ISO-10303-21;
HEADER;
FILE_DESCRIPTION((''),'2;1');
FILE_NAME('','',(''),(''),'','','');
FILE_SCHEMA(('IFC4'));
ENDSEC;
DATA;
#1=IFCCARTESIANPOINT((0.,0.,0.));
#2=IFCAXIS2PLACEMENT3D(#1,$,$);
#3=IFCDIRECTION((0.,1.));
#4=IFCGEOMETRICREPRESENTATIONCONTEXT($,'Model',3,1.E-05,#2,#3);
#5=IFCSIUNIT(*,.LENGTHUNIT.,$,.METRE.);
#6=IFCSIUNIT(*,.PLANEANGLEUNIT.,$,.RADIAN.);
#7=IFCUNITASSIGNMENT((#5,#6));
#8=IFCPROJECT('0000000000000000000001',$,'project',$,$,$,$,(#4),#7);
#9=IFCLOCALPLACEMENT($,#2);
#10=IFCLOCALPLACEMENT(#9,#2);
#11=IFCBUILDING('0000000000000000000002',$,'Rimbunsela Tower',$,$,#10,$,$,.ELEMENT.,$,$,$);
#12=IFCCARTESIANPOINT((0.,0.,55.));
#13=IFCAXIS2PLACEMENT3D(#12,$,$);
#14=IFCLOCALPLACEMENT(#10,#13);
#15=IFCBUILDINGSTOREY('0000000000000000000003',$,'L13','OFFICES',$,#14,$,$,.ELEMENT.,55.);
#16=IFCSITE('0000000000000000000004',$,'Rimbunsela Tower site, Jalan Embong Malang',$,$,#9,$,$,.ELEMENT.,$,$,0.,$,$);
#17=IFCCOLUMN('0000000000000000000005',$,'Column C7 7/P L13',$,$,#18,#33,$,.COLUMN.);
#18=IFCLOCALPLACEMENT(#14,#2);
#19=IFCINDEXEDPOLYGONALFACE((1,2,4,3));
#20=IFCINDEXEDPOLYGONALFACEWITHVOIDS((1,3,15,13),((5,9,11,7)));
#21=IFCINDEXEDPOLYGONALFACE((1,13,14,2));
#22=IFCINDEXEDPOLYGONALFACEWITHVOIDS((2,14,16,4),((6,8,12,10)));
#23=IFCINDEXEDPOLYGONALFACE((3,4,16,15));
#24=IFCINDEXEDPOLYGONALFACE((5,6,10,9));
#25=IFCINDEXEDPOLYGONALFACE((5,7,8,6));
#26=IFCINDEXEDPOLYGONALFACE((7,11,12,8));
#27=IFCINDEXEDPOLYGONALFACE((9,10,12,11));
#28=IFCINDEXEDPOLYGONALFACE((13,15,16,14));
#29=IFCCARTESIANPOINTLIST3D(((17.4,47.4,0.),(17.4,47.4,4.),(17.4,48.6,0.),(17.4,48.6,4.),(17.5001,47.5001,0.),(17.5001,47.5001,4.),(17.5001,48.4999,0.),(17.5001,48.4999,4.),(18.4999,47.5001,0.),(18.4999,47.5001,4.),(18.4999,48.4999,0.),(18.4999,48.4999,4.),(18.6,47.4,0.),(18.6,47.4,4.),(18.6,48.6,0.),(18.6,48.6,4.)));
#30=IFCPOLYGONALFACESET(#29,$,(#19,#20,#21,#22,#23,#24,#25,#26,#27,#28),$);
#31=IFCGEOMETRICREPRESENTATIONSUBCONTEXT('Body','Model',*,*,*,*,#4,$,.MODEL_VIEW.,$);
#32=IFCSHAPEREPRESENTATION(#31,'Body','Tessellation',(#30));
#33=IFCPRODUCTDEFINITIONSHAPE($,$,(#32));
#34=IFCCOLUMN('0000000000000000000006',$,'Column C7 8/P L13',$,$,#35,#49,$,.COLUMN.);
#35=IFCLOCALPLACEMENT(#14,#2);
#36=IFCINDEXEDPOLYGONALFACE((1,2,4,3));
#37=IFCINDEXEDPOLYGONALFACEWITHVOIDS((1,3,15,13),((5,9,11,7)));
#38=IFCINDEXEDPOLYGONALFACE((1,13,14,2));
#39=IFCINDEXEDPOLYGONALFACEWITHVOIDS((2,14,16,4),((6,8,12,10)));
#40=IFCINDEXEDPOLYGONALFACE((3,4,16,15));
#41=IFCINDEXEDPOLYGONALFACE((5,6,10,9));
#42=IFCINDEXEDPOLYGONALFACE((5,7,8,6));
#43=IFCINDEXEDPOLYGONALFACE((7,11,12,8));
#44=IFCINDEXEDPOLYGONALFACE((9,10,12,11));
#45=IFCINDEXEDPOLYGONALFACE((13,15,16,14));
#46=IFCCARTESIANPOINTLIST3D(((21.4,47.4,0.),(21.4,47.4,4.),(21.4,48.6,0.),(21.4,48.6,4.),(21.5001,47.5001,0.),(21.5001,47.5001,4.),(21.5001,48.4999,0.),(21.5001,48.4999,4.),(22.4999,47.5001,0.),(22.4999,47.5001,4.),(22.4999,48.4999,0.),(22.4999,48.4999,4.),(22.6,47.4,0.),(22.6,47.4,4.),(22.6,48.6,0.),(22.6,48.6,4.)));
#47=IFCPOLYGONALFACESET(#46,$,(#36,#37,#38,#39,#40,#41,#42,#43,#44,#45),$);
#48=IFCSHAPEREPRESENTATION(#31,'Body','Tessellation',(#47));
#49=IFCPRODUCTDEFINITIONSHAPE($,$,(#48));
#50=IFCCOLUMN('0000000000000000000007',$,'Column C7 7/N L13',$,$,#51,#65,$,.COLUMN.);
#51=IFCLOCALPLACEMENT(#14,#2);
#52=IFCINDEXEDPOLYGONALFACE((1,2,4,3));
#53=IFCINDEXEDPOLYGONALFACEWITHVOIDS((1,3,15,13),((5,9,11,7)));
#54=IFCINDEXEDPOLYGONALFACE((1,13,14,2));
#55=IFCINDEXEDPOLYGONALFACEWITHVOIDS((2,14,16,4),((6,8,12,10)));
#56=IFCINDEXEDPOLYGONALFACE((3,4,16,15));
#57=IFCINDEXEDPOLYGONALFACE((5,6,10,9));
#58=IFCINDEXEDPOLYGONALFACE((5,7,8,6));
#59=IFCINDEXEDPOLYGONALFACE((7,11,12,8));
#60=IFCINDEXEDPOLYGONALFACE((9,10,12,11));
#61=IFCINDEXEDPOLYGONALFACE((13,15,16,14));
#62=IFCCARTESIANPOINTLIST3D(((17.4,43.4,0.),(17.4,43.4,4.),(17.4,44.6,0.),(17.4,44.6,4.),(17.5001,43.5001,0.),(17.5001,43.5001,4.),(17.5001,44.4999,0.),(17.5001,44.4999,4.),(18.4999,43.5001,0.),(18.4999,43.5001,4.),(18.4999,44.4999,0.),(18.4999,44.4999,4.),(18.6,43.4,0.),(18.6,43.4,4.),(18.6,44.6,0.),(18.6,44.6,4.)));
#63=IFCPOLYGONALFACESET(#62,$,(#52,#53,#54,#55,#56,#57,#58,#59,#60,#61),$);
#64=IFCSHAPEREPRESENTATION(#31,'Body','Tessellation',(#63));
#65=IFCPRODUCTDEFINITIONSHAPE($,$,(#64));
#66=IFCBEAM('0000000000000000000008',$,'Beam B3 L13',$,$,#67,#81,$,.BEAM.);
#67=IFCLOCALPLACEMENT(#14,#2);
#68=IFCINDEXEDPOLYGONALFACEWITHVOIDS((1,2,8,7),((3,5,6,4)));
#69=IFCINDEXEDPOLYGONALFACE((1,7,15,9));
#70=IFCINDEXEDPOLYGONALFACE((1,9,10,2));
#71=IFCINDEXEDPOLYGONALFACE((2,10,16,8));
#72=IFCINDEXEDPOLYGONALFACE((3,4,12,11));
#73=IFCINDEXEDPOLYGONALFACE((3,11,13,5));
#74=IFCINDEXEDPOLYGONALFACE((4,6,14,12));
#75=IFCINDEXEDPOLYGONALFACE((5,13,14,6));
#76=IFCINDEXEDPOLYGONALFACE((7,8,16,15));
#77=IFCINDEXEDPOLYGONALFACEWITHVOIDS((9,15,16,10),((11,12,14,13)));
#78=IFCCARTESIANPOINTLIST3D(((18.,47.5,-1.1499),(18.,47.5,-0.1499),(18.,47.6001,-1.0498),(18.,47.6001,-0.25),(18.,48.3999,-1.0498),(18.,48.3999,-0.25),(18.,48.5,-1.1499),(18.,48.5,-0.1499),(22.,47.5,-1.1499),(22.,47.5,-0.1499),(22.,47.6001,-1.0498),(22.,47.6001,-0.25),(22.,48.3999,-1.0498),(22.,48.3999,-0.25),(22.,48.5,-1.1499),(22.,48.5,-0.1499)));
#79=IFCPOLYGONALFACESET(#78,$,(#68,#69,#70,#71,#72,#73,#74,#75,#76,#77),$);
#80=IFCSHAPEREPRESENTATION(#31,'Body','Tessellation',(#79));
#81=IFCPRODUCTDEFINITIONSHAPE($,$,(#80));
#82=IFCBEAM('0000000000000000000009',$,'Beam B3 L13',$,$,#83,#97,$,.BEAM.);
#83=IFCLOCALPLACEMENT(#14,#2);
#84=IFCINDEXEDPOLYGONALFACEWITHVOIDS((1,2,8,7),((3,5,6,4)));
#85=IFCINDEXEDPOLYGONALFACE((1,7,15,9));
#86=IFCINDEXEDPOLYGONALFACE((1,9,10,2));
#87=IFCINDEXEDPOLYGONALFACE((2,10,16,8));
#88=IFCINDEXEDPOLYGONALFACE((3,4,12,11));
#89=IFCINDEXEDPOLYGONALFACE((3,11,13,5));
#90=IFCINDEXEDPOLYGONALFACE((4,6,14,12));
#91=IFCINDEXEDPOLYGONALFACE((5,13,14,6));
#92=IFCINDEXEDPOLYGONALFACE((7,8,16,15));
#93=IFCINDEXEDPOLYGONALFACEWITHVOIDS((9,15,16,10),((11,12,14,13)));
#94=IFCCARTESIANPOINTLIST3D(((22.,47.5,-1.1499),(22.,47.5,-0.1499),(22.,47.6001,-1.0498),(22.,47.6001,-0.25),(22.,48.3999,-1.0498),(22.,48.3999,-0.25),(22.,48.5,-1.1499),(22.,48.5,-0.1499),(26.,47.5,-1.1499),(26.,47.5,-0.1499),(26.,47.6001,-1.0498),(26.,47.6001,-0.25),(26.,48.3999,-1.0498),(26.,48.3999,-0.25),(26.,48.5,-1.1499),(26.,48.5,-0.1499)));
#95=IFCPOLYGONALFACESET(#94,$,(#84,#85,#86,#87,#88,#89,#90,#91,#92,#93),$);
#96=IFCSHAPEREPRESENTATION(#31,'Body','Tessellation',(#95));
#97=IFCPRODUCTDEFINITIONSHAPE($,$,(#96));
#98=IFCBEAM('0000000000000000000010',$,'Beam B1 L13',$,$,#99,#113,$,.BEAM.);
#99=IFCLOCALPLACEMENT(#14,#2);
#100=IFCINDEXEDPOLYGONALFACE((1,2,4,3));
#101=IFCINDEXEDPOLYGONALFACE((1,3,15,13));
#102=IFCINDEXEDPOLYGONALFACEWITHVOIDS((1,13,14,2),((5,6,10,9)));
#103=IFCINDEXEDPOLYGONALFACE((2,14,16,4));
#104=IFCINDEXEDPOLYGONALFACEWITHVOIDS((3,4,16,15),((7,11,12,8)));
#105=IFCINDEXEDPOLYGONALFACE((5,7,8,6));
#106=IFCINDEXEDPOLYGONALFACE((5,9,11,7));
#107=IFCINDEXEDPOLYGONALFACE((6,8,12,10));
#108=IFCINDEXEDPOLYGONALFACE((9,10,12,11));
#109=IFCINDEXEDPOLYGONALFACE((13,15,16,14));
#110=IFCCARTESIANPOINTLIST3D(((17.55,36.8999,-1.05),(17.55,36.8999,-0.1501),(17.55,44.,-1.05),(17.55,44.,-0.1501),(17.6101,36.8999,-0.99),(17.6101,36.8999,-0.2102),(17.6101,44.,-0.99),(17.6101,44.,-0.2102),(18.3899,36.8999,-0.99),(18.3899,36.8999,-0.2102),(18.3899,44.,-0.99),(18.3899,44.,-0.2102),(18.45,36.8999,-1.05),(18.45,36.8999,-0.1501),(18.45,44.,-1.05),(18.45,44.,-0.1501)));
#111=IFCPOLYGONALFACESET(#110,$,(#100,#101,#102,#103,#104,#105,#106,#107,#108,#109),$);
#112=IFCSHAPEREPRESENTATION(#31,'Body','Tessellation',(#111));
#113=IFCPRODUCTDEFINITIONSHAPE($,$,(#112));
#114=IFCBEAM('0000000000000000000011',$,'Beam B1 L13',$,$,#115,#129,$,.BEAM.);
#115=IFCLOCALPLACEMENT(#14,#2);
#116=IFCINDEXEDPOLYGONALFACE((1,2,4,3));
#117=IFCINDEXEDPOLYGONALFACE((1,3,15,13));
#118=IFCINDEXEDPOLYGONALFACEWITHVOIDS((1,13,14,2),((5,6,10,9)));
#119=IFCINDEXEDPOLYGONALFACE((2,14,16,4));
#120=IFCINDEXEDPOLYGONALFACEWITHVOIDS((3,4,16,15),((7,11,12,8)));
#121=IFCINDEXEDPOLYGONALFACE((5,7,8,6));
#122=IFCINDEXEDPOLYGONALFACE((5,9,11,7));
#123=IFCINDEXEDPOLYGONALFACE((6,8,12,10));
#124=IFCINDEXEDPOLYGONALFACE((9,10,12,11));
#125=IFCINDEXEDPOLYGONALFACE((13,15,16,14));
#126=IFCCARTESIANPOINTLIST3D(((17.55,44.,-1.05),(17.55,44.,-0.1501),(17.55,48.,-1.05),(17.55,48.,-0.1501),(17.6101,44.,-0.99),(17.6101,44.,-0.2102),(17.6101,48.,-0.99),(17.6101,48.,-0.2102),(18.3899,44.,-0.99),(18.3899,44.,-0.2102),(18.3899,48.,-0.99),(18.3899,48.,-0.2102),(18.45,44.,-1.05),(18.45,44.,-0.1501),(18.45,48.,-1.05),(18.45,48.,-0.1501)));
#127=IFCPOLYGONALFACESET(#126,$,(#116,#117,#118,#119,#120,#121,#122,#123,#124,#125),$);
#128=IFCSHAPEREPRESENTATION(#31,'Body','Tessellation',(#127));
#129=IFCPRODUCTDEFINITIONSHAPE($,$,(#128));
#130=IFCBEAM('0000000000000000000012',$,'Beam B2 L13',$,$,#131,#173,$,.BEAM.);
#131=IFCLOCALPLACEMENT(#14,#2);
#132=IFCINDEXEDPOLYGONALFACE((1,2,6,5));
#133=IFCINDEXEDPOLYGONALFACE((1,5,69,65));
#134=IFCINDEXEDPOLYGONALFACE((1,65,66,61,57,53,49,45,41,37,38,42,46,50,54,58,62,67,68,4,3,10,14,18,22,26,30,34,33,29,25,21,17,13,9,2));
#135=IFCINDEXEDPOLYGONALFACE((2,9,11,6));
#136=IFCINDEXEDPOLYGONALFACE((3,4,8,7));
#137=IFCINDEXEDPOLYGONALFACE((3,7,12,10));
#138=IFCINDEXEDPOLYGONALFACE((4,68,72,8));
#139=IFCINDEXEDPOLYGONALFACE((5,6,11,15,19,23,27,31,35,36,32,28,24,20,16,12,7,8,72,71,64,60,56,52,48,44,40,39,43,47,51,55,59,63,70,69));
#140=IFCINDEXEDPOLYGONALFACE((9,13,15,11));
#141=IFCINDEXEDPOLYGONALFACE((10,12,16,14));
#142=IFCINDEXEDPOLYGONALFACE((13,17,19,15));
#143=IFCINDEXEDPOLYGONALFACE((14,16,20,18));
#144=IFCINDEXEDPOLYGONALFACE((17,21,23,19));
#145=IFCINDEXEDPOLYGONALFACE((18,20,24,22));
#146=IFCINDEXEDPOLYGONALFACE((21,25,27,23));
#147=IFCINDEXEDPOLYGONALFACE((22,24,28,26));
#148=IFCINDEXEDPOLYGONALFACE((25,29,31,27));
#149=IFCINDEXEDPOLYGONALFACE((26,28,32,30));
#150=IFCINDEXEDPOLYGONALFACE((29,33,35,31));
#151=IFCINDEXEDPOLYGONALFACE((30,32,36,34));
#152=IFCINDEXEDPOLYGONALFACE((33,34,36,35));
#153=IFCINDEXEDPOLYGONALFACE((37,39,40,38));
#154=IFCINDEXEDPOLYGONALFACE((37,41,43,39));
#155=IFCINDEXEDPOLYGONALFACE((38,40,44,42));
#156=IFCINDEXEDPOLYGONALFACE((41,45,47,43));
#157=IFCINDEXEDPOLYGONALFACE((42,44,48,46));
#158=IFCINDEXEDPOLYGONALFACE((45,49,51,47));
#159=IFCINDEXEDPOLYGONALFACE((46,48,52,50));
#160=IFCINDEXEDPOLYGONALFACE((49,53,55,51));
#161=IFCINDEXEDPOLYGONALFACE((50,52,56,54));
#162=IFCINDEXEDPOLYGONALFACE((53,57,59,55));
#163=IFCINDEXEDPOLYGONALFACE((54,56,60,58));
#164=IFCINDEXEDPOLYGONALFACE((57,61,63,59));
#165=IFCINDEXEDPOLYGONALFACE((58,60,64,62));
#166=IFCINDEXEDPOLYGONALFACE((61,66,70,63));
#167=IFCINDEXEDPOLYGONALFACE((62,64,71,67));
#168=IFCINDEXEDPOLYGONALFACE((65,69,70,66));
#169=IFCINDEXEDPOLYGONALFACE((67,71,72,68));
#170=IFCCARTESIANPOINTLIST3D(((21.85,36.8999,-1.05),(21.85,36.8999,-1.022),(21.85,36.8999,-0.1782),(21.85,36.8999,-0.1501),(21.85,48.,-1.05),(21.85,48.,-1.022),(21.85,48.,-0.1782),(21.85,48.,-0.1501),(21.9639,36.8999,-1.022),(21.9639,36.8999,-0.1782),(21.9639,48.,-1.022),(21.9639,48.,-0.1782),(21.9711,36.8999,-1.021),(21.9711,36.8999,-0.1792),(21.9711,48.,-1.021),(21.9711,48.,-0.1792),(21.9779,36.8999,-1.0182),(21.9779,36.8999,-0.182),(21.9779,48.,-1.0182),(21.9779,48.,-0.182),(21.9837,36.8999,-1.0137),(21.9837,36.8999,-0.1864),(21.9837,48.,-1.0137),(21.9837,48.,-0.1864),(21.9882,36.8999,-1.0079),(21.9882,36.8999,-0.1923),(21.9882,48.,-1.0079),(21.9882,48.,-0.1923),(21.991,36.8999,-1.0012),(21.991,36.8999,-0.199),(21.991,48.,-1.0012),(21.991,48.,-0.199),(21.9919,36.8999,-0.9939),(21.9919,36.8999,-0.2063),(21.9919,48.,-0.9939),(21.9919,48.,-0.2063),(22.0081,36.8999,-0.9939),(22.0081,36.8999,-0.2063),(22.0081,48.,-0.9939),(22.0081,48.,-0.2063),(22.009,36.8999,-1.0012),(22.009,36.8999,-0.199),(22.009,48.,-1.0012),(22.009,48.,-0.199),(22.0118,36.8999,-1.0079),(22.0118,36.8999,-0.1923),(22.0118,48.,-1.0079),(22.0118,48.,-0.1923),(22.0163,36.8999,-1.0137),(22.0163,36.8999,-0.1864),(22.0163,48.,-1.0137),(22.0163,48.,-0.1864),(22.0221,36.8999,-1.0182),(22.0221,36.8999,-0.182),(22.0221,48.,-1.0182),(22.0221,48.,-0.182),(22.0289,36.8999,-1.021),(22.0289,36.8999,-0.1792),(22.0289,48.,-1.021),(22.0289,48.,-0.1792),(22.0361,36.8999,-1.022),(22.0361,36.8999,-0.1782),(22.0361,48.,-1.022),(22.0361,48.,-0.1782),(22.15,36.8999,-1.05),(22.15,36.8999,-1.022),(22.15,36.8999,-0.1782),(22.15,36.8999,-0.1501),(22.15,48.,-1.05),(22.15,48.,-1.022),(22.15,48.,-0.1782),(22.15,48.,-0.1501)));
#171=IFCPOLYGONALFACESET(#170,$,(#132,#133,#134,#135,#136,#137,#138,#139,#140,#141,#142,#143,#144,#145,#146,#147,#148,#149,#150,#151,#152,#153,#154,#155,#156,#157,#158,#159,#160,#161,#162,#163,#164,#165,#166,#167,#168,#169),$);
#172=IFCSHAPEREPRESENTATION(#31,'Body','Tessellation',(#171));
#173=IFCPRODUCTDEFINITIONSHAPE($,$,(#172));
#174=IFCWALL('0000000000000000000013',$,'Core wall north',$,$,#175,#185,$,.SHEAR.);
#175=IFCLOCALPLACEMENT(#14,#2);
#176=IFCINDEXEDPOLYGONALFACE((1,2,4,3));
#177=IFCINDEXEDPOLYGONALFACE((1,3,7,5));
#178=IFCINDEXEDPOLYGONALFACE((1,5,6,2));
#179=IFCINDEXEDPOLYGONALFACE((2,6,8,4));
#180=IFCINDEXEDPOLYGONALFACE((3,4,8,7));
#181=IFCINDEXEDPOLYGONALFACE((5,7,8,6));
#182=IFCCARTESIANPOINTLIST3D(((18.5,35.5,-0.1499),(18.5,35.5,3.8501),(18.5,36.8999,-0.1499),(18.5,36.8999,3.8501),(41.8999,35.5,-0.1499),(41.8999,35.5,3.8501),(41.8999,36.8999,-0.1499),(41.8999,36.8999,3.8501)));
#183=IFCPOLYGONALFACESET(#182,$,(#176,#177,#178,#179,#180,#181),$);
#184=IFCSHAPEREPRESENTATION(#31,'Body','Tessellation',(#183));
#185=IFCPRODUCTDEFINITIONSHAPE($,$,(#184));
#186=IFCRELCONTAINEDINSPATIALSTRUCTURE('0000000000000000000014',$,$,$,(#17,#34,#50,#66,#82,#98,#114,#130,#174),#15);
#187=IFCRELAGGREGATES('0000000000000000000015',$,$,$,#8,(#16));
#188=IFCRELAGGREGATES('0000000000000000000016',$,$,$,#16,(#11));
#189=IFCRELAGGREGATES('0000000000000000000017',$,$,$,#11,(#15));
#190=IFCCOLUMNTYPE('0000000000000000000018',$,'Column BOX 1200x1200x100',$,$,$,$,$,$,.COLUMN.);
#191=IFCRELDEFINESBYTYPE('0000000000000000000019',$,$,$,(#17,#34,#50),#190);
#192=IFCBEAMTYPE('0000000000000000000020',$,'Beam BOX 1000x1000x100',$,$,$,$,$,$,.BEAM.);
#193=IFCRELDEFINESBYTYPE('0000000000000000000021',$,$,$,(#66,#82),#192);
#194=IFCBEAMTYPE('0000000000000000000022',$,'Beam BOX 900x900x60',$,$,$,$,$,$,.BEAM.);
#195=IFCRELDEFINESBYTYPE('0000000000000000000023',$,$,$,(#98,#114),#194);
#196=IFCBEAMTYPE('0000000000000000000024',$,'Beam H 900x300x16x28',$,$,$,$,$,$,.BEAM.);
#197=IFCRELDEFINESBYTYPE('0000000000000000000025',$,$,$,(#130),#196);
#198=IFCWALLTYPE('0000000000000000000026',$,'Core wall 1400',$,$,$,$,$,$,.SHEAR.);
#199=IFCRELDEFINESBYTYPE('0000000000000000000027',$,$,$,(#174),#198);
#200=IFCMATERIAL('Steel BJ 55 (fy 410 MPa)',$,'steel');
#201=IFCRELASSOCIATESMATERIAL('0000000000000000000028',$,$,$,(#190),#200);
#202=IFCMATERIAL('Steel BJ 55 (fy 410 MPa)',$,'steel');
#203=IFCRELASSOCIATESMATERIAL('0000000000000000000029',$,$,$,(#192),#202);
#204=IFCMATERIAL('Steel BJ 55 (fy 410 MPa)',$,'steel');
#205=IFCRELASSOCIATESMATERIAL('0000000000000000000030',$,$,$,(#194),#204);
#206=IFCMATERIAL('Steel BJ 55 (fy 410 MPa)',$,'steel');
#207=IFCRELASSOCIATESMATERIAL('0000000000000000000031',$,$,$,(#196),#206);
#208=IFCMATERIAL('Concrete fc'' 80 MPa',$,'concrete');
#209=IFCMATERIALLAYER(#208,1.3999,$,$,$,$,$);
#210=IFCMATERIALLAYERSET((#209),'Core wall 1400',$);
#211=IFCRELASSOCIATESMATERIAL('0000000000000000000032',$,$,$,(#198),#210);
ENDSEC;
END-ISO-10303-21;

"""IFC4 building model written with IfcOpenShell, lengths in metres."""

from ifc_helpers import new_model, si_unit, direction, frame, frame_2d, origin, origin_2d, place, context, subcontext, project, spatial, rectangle, hollow_rectangle, i_section, extrude, material, layer, layer_set, material_profile, profile_set, type_object, element, save


model = new_model("IFC4")

# Units and contexts
model_context = context("Model", 3, precision=1e-05, world=origin(), true_north=direction((0.0, 1.0)))
body_context = subcontext(model_context, "Body", "Model", "MODEL_VIEW")
ifc_project = project(units=[si_unit("LENGTHUNIT", "METRE"), si_unit("PLANEANGLEUNIT", "RADIAN")], contexts=[model_context])

# Site, building, storey
site_placement = place(None, origin())
site = spatial("IfcSite", under=ifc_project, at=site_placement, Name="Rimbunsela Tower site, Jalan Embong Malang", CompositionType="ELEMENT", RefElevation=0.0)
building_placement = place(site_placement, origin())
building = spatial("IfcBuilding", under=site, at=building_placement, Name="Rimbunsela Tower", CompositionType="ELEMENT")
storey_placement = place(building_placement, frame((0.0, 0.0, 55.0)))
storey = spatial("IfcBuildingStorey", under=building, at=storey_placement, Name="L13", Description="OFFICES", CompositionType="ELEMENT", Elevation=55.0)

# Columns
ifc_material_1 = material(Name="Steel BJ 55 (fy 410 MPa)", Category="steel")
ifc_material_profile_1 = material_profile(ifc_material_1, hollow_rectangle(XDim=1.2, YDim=1.2, WallThickness=0.1001, at=origin_2d()), Name="BOX 1200x1200x100")
ifc_profile_set_1 = profile_set([ifc_material_profile_1], Name="Steel BJ 55 (fy 410 MPa)")
column_type = type_object("IfcColumnType", Name="Column BOX 1200x1200x100", PredefinedType="COLUMN", material=ifc_profile_set_1)
for number, where, z_axis, x_axis, name in (
    (1, (18.0, 48.0, 0.0), (0.0, 0.0, 1.0), (1.0, 0.0, 0.0), "Column C7 7/P L13"),
    (2, (22.0, 48.0, 0.0), (0.0, 0.0, 1.0), (1.0, 0.0, 0.0), "Column C7 8/P L13"),
    (3, (18.0, 44.0, 0.0), (0.0, 0.0, 1.0), (1.0, 0.0, 0.0), "Column C7 7/N L13"),
):
    element("IfcColumn", number, at=place(storey_placement, frame(where, z_axis=z_axis, x_axis=x_axis)), inside=storey, type_object=column_type, Name=name, PredefinedType="COLUMN", context=body_context, shape_type="SweptSolid", body=[
        extrude(hollow_rectangle(XDim=1.2, YDim=1.2, WallThickness=0.1001, at=origin_2d()), origin(), (0.0, 0.0, 1.0), 4.0),
    ])

# Beams
ifc_material_2 = material(Name="Steel BJ 55 (fy 410 MPa)", Category="steel")
ifc_material_profile_2 = material_profile(ifc_material_2, hollow_rectangle(XDim=1.0, YDim=1.0, WallThickness=0.1001, at=origin_2d()), Name="BOX 1000x1000x100")
ifc_profile_set_2 = profile_set([ifc_material_profile_2], Name="Steel BJ 55 (fy 410 MPa)")
beam_type_1 = type_object("IfcBeamType", Name="Beam BOX 1000x1000x100", PredefinedType="BEAM", material=ifc_profile_set_2)
for number, where, z_axis, x_axis, name in (
    (4, (18.0, 48.0, -0.6499), (1.0, 0.0, 0.0), (0.0, 1.0, 0.0), "Beam B3 L13"),
    (5, (22.0, 48.0, -0.6499), (1.0, 0.0, 0.0), (0.0, 1.0, 0.0), "Beam B3 L13"),
):
    element("IfcBeam", number, at=place(storey_placement, frame(where, z_axis=z_axis, x_axis=x_axis)), inside=storey, type_object=beam_type_1, Name=name, PredefinedType="BEAM", context=body_context, shape_type="SweptSolid", body=[
        extrude(hollow_rectangle(XDim=1.0, YDim=1.0, WallThickness=0.1001, at=origin_2d()), origin(), (0.0, 0.0, 1.0), 4.0),
    ])
ifc_material_3 = material(Name="Steel BJ 55 (fy 410 MPa)", Category="steel")
ifc_material_profile_3 = material_profile(ifc_material_3, hollow_rectangle(XDim=0.8999, YDim=0.8999, WallThickness=0.0601, at=origin_2d()), Name="BOX 900x900x60")
ifc_profile_set_3 = profile_set([ifc_material_profile_3], Name="Steel BJ 55 (fy 410 MPa)")
beam_type_2 = type_object("IfcBeamType", Name="Beam BOX 900x900x60", PredefinedType="BEAM", material=ifc_profile_set_3)
beam_1_placement = place(storey_placement, frame((18.0, 36.8999, -0.6001), z_axis=(0.0, 1.0, 0.0), x_axis=(-1.0, 0.0, 0.0)))
element("IfcBeam", 6, at=beam_1_placement, inside=storey, type_object=beam_type_2, Name="Beam B1 L13", PredefinedType="BEAM", context=body_context, shape_type="SweptSolid", body=[
    extrude(hollow_rectangle(XDim=0.8999, YDim=0.8999, WallThickness=0.0601, at=origin_2d()), origin(), (0.0, 0.0, 1.0), 7.1001),
])
beam_2_placement = place(storey_placement, frame((18.0, 44.0, -0.6001), z_axis=(0.0, 1.0, 0.0), x_axis=(-1.0, 0.0, 0.0)))
element("IfcBeam", 7, at=beam_2_placement, inside=storey, type_object=beam_type_2, Name="Beam B1 L13", PredefinedType="BEAM", context=body_context, shape_type="SweptSolid", body=[
    extrude(hollow_rectangle(XDim=0.8999, YDim=0.8999, WallThickness=0.0601, at=origin_2d()), origin(), (0.0, 0.0, 1.0), 4.0),
])
ifc_material_4 = material(Name="Steel BJ 55 (fy 410 MPa)", Category="steel")
ifc_material_profile_4 = material_profile(ifc_material_4, i_section(OverallWidth=0.3, OverallDepth=0.8999, WebThickness=0.0161, FlangeThickness=0.0281, FilletRadius=0.0281, at=origin_2d()), Name="H 900x300x16x28")
ifc_profile_set_4 = profile_set([ifc_material_profile_4], Name="Steel BJ 55 (fy 410 MPa)")
beam_type_3 = type_object("IfcBeamType", Name="Beam H 900x300x16x28", PredefinedType="BEAM", material=ifc_profile_set_4)
beam_3_placement = place(storey_placement, frame((22.0, 36.8999, -0.6001), z_axis=(0.0, 1.0, 0.0), x_axis=(-1.0, 0.0, 0.0)))
element("IfcBeam", 8, at=beam_3_placement, inside=storey, type_object=beam_type_3, Name="Beam B2 L13", PredefinedType="BEAM", context=body_context, shape_type="SweptSolid", body=[
    extrude(i_section(OverallWidth=0.3, OverallDepth=0.8999, WebThickness=0.0161, FlangeThickness=0.0281, FilletRadius=0.0281, at=origin_2d()), origin(), (0.0, 0.0, 1.0), 11.1001),
])

# Wall
ifc_material_5 = material(Name="Concrete fc' 80 MPa", Category="concrete")
ifc_layer_1 = layer(ifc_material_5, 1.3999)
ifc_layer_set_1 = layer_set([ifc_layer_1], Name="Core wall 1400")
wall_type_1 = type_object("IfcWallType", Name="Core wall 1400", PredefinedType="SHEAR", material=ifc_layer_set_1)
wall_1_placement = place(storey_placement, frame((18.5, 36.2, -0.1499), z_axis=(0.0, 0.0, 1.0), x_axis=(1.0, 0.0, 0.0)))
element("IfcWall", 9, at=wall_1_placement, inside=storey, type_object=wall_type_1, Name="Core wall north", PredefinedType="SHEAR", context=body_context, shape_type="SweptSolid", body=[
    extrude(rectangle(XDim=23.3999, YDim=1.3999, at=frame_2d((11.7, 0.0))), origin(), (0.0, 0.0, 1.0), 4.0),
])

save(model, "model.ifc")
